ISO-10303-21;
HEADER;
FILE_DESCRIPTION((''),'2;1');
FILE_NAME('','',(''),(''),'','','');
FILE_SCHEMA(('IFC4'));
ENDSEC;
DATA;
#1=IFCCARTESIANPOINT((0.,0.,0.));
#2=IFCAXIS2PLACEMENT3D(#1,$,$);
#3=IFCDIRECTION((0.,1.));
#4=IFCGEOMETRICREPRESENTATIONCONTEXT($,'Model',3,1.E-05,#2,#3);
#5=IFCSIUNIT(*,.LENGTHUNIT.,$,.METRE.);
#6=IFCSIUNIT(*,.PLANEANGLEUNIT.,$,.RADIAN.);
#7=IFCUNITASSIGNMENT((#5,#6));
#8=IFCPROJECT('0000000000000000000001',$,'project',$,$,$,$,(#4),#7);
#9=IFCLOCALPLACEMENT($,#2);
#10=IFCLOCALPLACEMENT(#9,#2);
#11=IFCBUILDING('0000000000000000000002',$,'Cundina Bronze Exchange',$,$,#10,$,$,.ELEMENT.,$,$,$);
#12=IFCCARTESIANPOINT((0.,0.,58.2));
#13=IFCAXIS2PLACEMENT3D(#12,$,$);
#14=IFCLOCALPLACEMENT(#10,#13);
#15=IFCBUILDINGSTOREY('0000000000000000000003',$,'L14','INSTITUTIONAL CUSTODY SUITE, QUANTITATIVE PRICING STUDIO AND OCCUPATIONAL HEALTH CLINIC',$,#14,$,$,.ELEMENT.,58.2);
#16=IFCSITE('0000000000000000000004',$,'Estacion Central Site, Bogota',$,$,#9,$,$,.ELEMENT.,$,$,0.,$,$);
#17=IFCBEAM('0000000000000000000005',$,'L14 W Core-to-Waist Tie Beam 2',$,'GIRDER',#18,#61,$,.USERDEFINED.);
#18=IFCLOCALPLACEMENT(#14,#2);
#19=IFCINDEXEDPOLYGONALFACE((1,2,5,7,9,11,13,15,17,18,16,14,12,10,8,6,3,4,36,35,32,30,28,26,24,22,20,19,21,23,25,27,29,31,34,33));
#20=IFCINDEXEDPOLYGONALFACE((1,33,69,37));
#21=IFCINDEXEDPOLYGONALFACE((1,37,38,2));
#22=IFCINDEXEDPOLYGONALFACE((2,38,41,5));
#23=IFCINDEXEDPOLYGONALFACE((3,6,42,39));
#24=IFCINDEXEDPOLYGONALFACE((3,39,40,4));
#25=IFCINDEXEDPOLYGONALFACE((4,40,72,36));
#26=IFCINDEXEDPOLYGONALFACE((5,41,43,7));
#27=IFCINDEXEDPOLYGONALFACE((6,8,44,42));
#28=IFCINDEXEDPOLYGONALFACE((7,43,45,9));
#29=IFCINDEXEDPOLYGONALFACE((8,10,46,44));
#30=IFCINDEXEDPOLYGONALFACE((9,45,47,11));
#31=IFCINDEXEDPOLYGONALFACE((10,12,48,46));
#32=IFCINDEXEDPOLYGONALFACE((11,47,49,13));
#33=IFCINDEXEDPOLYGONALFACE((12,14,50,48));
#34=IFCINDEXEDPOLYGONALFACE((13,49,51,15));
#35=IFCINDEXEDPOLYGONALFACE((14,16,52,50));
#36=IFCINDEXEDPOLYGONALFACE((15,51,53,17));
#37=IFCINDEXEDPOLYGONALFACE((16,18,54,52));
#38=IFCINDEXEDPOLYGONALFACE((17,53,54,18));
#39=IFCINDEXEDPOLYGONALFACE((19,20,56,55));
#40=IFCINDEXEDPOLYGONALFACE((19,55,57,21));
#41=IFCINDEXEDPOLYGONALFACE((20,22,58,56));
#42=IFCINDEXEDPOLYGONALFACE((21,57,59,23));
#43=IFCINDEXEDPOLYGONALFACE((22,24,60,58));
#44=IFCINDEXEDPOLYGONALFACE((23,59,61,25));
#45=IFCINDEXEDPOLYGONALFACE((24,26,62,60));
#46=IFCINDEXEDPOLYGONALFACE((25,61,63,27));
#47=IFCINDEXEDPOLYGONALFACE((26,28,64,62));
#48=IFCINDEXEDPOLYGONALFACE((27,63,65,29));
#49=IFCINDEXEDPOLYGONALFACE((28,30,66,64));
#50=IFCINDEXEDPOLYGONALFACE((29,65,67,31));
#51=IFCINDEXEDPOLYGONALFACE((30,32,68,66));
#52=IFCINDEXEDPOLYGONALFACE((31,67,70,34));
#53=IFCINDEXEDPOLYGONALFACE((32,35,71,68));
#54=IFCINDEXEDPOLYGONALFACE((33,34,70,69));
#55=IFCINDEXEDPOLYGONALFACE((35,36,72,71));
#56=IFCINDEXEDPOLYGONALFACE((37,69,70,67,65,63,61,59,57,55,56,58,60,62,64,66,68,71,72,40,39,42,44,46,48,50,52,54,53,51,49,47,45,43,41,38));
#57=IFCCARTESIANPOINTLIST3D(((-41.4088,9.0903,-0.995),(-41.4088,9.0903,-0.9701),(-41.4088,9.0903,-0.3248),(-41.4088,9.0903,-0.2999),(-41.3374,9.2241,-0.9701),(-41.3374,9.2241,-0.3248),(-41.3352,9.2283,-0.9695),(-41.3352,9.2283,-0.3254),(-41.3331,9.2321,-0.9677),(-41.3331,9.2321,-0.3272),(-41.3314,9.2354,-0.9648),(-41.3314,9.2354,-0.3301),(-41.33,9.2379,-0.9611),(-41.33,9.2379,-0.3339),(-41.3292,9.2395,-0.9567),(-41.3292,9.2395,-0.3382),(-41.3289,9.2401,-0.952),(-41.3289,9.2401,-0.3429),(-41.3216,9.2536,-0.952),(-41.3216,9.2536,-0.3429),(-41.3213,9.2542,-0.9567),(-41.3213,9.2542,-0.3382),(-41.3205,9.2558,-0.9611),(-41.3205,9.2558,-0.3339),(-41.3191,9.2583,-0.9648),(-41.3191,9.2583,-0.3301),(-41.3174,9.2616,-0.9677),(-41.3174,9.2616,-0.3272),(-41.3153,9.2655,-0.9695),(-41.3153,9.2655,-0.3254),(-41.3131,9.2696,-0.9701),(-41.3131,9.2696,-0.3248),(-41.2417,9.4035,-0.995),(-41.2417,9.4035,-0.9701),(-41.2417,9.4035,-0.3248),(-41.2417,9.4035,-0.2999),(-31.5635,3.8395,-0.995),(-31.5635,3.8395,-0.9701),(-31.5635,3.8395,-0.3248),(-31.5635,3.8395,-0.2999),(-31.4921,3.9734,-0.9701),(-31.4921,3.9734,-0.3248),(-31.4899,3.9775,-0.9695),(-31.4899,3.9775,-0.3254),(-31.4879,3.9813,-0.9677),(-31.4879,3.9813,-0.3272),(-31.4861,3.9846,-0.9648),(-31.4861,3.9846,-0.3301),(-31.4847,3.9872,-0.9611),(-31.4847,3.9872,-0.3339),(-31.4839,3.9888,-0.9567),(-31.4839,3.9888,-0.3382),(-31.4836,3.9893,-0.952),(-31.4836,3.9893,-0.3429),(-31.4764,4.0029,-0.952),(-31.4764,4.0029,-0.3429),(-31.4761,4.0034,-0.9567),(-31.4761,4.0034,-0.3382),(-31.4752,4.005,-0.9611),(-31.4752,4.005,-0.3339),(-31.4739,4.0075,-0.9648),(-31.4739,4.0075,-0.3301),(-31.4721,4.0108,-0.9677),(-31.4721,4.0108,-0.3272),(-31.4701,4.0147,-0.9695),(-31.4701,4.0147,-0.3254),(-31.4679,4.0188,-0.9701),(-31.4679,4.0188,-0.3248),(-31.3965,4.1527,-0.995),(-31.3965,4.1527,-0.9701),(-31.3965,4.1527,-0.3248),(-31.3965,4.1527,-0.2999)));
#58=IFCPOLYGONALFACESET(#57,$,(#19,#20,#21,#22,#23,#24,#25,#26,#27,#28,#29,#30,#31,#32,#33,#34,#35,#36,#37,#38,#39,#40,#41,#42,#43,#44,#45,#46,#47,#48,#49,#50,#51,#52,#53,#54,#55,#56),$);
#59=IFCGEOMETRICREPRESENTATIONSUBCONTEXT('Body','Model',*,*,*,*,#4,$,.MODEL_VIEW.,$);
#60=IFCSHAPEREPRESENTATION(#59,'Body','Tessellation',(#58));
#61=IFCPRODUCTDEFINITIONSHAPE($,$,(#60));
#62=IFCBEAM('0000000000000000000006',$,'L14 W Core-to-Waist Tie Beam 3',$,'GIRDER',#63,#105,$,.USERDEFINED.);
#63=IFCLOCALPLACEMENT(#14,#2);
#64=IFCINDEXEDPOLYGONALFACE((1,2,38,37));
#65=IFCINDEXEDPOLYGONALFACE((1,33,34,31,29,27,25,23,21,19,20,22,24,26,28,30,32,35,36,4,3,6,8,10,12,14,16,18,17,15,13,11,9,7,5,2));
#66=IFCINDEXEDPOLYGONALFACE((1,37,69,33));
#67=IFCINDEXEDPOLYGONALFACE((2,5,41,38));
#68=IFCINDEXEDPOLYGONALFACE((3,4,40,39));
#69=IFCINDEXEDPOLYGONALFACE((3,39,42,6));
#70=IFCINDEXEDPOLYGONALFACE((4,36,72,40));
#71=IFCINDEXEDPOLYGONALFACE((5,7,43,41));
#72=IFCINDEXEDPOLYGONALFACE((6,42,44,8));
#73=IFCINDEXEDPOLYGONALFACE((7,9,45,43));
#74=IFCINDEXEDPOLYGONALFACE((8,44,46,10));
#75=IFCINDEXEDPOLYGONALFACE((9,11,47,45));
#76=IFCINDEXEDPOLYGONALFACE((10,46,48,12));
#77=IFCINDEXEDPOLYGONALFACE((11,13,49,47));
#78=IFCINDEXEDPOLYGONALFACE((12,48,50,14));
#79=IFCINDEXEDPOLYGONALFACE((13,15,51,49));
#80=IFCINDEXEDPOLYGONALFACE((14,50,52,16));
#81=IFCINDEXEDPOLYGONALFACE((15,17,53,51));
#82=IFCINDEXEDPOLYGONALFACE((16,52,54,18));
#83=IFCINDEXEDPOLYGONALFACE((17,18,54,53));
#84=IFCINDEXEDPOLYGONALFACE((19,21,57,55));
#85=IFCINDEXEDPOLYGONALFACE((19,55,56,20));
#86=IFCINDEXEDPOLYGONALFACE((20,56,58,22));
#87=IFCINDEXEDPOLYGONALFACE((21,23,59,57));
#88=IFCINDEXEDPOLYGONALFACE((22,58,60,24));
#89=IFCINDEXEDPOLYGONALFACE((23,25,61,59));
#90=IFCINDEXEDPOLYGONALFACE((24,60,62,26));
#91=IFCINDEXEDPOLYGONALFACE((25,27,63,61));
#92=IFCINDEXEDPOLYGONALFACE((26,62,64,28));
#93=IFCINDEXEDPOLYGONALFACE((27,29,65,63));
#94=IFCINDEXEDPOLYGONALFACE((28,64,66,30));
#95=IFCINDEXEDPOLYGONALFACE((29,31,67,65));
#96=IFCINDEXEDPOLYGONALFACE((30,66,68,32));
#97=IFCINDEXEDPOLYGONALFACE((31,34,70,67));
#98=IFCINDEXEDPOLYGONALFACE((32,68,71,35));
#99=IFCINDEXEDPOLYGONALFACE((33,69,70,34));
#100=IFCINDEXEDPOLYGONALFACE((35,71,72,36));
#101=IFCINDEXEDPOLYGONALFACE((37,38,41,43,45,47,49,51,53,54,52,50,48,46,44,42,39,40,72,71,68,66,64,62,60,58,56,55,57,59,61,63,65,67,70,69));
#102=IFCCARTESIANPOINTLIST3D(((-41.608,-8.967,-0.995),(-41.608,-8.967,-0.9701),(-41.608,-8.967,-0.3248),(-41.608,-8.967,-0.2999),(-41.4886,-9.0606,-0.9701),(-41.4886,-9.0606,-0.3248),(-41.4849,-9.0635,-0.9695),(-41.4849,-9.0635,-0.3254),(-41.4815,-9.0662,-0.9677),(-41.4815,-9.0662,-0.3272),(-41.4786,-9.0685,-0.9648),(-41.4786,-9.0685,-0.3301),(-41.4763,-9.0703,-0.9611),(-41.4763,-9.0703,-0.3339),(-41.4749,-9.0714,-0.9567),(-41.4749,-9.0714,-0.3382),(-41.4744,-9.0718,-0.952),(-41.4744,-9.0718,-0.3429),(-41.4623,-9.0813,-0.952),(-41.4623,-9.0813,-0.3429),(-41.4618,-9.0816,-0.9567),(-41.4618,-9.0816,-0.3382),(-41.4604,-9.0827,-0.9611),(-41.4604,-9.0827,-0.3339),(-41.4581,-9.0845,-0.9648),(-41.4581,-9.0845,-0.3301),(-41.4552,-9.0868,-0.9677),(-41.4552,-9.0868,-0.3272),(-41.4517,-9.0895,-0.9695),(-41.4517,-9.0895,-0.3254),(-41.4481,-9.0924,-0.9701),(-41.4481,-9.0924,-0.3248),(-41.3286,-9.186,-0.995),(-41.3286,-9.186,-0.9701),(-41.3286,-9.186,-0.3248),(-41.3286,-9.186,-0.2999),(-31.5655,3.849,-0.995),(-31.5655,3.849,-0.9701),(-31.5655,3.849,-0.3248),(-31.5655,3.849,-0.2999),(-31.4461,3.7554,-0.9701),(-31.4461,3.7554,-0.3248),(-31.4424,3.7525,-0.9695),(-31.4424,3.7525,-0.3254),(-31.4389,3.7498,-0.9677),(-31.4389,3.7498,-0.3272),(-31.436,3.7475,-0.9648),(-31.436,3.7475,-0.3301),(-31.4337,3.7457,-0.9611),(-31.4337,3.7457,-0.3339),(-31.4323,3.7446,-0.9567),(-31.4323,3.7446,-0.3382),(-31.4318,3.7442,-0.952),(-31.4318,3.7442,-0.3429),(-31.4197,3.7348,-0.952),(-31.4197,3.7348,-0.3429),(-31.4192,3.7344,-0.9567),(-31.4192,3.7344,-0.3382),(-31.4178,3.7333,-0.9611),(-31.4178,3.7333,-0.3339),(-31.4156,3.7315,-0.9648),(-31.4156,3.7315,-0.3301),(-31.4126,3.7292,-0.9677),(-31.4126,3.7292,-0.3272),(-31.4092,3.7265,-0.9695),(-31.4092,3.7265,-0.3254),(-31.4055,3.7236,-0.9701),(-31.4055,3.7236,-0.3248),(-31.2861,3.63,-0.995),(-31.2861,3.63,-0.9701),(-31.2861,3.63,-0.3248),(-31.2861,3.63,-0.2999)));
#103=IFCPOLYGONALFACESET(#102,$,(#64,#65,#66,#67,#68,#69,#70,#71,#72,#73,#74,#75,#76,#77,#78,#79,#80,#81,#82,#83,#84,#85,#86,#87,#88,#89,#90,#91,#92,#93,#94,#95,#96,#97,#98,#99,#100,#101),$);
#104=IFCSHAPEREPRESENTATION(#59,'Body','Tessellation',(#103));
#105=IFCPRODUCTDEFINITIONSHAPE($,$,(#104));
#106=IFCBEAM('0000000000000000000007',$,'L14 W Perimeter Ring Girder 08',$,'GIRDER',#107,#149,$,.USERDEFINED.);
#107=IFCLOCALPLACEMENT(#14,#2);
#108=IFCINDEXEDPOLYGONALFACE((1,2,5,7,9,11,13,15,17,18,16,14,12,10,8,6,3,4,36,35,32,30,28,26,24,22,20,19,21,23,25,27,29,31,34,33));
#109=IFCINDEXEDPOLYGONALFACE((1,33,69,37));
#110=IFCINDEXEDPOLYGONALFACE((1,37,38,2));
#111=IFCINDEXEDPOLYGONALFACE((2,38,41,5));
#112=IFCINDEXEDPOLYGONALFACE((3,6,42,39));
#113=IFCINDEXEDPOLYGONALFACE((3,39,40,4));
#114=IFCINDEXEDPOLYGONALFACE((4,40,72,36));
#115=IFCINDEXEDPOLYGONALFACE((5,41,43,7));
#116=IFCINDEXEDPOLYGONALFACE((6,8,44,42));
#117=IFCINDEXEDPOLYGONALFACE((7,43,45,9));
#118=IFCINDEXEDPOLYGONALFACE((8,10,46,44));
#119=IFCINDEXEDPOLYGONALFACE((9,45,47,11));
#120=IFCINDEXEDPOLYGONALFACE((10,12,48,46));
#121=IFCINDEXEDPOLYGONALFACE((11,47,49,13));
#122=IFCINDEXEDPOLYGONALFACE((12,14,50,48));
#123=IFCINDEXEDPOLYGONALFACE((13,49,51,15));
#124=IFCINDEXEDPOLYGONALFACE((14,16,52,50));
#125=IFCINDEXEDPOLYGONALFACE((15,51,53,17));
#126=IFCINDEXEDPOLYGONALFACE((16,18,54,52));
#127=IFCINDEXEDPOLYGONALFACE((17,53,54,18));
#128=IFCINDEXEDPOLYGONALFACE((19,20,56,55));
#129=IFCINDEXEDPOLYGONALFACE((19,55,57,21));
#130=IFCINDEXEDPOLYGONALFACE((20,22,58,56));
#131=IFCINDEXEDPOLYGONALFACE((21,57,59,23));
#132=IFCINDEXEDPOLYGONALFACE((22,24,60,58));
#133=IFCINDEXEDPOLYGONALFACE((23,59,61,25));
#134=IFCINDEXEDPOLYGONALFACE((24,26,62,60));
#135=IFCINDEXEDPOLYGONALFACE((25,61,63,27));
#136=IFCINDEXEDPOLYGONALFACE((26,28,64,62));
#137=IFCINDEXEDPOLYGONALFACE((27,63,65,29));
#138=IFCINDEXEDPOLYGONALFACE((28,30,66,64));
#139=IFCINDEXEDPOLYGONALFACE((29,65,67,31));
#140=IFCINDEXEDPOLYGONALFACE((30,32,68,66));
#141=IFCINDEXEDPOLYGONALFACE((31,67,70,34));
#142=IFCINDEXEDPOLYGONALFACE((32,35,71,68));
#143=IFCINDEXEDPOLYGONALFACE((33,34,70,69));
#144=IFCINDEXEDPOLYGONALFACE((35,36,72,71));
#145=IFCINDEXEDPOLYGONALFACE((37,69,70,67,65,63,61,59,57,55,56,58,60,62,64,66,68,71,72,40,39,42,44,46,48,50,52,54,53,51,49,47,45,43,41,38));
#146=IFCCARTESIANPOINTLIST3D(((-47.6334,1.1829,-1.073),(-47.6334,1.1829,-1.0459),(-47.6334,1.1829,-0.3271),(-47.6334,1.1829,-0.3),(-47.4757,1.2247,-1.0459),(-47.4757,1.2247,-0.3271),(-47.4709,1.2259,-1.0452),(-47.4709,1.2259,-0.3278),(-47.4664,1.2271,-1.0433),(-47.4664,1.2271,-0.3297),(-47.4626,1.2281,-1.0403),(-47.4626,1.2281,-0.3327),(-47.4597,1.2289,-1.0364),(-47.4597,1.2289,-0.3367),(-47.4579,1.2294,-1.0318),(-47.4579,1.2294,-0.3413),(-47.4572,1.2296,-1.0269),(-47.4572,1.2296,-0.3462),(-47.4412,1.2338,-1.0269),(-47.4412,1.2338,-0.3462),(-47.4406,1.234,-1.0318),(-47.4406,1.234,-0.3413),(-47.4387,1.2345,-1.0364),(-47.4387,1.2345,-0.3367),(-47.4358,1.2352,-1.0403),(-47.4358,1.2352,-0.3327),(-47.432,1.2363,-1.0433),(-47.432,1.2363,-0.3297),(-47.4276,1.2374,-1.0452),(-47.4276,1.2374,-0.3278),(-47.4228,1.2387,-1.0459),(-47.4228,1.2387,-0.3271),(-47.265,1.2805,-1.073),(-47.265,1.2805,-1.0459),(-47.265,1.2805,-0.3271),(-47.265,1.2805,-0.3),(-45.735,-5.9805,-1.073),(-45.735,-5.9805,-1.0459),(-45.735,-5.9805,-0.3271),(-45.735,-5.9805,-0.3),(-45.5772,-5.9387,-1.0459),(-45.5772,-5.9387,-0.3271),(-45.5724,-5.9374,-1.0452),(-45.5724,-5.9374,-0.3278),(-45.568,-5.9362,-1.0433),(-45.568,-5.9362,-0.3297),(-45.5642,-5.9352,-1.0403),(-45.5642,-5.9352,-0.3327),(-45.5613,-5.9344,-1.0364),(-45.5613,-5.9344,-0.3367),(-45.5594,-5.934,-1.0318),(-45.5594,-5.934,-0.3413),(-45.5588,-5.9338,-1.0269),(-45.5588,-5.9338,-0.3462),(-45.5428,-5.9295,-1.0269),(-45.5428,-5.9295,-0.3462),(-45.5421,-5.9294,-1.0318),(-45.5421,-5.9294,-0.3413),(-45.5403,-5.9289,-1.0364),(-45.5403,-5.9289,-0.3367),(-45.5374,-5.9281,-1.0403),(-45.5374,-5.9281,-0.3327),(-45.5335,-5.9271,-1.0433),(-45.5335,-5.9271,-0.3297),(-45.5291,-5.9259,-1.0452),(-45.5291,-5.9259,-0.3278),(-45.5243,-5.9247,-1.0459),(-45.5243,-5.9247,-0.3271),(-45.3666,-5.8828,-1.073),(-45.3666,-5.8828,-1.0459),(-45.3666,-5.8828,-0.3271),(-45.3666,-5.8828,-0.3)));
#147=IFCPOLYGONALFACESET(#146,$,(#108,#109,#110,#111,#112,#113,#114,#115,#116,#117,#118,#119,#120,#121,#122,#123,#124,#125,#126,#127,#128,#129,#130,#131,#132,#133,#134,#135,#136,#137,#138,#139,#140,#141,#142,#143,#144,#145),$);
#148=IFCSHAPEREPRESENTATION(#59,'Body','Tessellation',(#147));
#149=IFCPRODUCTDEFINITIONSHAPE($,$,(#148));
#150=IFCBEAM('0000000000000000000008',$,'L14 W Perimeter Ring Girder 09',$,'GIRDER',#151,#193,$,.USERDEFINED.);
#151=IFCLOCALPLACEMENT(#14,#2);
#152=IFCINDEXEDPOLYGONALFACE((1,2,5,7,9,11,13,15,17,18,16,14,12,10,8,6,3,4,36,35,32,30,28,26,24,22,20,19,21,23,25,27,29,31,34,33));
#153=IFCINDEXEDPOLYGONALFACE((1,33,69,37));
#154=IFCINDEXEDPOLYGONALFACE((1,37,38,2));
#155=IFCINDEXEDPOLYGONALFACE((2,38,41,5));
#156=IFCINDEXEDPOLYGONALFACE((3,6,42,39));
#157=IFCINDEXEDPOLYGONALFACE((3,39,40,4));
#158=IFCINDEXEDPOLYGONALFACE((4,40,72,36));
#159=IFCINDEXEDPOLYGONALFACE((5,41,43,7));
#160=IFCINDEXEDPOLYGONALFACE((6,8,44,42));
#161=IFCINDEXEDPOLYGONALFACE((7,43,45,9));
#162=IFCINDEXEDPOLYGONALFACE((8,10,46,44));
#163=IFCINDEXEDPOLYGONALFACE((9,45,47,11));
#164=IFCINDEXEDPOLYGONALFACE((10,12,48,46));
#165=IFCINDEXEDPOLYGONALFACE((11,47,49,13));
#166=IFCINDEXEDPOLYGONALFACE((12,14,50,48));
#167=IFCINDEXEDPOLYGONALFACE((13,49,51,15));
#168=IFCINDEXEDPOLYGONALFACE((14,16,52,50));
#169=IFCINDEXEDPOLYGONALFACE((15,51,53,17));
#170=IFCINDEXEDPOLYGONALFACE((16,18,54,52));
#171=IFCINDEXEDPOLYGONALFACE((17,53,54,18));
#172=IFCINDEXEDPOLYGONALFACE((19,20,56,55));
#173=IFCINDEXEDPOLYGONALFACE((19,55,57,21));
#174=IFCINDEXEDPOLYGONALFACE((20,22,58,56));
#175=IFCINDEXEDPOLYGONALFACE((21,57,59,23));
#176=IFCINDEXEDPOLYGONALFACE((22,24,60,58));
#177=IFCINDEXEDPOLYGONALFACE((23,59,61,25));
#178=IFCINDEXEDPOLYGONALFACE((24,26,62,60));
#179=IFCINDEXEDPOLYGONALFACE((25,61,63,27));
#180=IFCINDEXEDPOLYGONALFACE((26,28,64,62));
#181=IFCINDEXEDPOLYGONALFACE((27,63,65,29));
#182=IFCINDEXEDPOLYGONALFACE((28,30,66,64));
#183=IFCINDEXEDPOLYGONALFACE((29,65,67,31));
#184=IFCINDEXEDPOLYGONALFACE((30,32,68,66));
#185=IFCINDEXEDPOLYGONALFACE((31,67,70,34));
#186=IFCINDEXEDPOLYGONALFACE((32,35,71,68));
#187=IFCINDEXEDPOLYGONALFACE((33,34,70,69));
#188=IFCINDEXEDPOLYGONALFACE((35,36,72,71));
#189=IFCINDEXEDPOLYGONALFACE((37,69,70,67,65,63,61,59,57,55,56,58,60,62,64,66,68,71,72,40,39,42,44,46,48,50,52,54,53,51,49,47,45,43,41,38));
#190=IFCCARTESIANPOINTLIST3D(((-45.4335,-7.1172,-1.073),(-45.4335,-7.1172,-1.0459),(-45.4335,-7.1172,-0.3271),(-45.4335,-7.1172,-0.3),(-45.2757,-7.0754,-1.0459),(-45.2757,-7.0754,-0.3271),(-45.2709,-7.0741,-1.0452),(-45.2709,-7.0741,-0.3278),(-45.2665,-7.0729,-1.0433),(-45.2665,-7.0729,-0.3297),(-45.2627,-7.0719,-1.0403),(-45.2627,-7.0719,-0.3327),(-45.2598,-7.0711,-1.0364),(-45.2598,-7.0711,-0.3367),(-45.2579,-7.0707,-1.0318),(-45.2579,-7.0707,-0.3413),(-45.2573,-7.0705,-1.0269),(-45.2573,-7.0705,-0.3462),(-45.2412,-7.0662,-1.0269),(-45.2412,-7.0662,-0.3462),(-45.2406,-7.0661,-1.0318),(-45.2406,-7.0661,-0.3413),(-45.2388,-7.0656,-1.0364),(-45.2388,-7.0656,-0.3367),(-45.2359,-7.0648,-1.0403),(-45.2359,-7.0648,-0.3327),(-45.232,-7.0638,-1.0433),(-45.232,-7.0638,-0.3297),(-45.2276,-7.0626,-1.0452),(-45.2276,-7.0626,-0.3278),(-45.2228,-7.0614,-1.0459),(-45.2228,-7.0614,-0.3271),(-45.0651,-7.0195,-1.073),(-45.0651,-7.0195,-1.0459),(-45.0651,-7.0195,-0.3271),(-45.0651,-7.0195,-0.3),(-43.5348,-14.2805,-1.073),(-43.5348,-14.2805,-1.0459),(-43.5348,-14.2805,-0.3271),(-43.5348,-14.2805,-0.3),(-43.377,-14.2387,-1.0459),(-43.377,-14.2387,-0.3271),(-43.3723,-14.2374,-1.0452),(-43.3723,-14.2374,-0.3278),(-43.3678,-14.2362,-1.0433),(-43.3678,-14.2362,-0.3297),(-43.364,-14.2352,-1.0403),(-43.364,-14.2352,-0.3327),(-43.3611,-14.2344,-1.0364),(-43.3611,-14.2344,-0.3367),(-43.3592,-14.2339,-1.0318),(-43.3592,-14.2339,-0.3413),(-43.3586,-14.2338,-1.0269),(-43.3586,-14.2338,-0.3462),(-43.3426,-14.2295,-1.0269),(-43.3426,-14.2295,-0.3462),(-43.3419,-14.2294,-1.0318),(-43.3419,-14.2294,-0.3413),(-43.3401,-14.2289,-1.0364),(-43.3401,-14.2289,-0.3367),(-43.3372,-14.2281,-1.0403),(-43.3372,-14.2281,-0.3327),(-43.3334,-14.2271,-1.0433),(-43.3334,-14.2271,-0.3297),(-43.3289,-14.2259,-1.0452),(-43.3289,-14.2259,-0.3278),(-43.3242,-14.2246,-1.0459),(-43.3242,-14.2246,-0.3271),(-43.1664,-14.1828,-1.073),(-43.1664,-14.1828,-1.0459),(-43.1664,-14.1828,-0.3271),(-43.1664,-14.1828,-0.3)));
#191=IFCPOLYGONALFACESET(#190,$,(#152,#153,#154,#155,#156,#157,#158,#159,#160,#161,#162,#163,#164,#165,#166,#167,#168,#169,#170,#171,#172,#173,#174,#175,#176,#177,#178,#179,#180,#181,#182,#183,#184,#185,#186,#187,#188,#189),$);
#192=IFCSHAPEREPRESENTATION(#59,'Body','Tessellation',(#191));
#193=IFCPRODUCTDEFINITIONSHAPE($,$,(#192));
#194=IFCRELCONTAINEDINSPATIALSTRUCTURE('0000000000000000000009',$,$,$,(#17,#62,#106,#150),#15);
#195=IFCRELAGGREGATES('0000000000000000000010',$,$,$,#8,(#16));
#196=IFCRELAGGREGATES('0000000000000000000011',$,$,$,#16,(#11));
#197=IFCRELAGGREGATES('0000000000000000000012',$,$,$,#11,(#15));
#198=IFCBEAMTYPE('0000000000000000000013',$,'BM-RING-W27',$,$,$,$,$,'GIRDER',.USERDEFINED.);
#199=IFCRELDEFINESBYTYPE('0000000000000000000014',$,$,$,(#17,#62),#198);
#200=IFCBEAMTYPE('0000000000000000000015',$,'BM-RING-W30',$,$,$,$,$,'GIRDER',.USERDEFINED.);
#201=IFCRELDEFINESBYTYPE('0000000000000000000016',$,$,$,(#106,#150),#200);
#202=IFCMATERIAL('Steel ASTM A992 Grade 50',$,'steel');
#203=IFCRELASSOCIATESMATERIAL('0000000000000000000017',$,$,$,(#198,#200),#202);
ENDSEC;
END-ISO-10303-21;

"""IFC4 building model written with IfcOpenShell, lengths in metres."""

from ifc_helpers import new_model, si_unit, direction, frame, origin, origin_2d, place, context, subcontext, project, spatial, i_section, extrude, material, material_profile, profile_set, type_object, element, save


model = new_model("IFC4")

# Units and contexts
model_context = context("Model", 3, precision=1e-05, world=origin(), true_north=direction((0.0, 1.0)))
body_context = subcontext(model_context, "Body", "Model", "MODEL_VIEW")
ifc_project = project(units=[si_unit("LENGTHUNIT", "METRE"), si_unit("PLANEANGLEUNIT", "RADIAN")], contexts=[model_context])

# Site, building, storey
site_placement = place(None, origin())
site = spatial("IfcSite", under=ifc_project, at=site_placement, Name="Estacion Central Site, Bogota", CompositionType="ELEMENT", RefElevation=0.0)
building_placement = place(site_placement, origin())
building = spatial("IfcBuilding", under=site, at=building_placement, Name="Cundina Bronze Exchange", CompositionType="ELEMENT")
storey_placement = place(building_placement, frame((0.0, 0.0, 58.2)))
storey = spatial("IfcBuildingStorey", under=building, at=storey_placement, Name="L14", Description="INSTITUTIONAL CUSTODY SUITE, QUANTITATIVE PRICING STUDIO AND OCCUPATIONAL HEALTH CLINIC", CompositionType="ELEMENT", Elevation=58.2)

# Shared definitions
ifc_material_1 = material(Name="Steel ASTM A992 Grade 50", Category="steel")

# Beams
ifc_material_profile_1 = material_profile(ifc_material_1, i_section(OverallWidth=0.355, OverallDepth=0.6951, WebThickness=0.0154, FlangeThickness=0.0249, FilletRadius=0.0181, at=origin_2d()), Name="W27X146", Category="steel")
ifc_profile_set_1 = profile_set([ifc_material_profile_1], Name="Steel ASTM A992 Grade 50")
beam_type_1 = type_object("IfcBeamType", Name="BM-RING-W27", ElementType="GIRDER", PredefinedType="USERDEFINED", material=ifc_profile_set_1)
beam_1_placement = place(storey_placement, frame((-31.48, 3.9961, -0.6475), z_axis=(-0.882355, 0.470585, 0.0), x_axis=(-0.470585, -0.882355, 0.0)))
element("IfcBeam", 1, at=beam_1_placement, inside=storey, type_object=beam_type_1, Name="L14 W Core-to-Waist Tie Beam 2", ObjectType="GIRDER", PredefinedType="USERDEFINED", context=body_context, shape_type="SweptSolid", body=[
    extrude(i_section(OverallWidth=0.355, OverallDepth=0.6951, WebThickness=0.0154, FlangeThickness=0.0249, FilletRadius=0.0181, at=origin_2d()), origin(), (0.0, 0.0, 1.0), 11.158),
])
beam_2_placement = place(storey_placement, frame((-31.4258, 3.7395, -0.6475), z_axis=(-0.616789, -0.787128, 0.0), x_axis=(0.787128, -0.616789, 0.0)))
element("IfcBeam", 2, at=beam_2_placement, inside=storey, type_object=beam_type_1, Name="L14 W Core-to-Waist Tie Beam 3", ObjectType="GIRDER", PredefinedType="USERDEFINED", context=body_context, shape_type="SweptSolid", body=[
    extrude(i_section(OverallWidth=0.355, OverallDepth=0.6951, WebThickness=0.0154, FlangeThickness=0.0249, FilletRadius=0.0181, at=origin_2d()), origin(), (0.0, 0.0, 1.0), 16.282),
])
ifc_material_profile_2 = material_profile(ifc_material_1, i_section(OverallWidth=0.3811, OverallDepth=0.7729, WebThickness=0.0166, FlangeThickness=0.0271, FilletRadius=0.019, at=origin_2d()), Name="W30X173", Category="steel")
ifc_profile_set_2 = profile_set([ifc_material_profile_2], Name="Steel ASTM A992 Grade 50")
beam_type_2 = type_object("IfcBeamType", Name="BM-RING-W30", ElementType="GIRDER", PredefinedType="USERDEFINED", material=ifc_profile_set_2)
for number, where, z_axis, x_axis, name in (
    (3, (-47.4492, 1.2317, -0.6865), (0.256178, -0.96663, 0.0), (0.96663, 0.256178, 0.0), "L14 W Perimeter Ring Girder 08"),
    (4, (-45.2493, -7.0684, -0.6865), (0.256209, -0.966622, 0.0), (0.966622, 0.256209, 0.0), "L14 W Perimeter Ring Girder 09"),
):
    element("IfcBeam", number, at=place(storey_placement, frame(where, z_axis=z_axis, x_axis=x_axis)), inside=storey, type_object=beam_type_2, Name=name, ObjectType="GIRDER", PredefinedType="USERDEFINED", context=body_context, shape_type="SweptSolid", body=[
        extrude(i_section(OverallWidth=0.3811, OverallDepth=0.7729, WebThickness=0.0166, FlangeThickness=0.0271, FilletRadius=0.019, at=origin_2d()), origin(), (0.0, 0.0, 1.0), 7.4106),
    ])

save(model, "model.ifc")
